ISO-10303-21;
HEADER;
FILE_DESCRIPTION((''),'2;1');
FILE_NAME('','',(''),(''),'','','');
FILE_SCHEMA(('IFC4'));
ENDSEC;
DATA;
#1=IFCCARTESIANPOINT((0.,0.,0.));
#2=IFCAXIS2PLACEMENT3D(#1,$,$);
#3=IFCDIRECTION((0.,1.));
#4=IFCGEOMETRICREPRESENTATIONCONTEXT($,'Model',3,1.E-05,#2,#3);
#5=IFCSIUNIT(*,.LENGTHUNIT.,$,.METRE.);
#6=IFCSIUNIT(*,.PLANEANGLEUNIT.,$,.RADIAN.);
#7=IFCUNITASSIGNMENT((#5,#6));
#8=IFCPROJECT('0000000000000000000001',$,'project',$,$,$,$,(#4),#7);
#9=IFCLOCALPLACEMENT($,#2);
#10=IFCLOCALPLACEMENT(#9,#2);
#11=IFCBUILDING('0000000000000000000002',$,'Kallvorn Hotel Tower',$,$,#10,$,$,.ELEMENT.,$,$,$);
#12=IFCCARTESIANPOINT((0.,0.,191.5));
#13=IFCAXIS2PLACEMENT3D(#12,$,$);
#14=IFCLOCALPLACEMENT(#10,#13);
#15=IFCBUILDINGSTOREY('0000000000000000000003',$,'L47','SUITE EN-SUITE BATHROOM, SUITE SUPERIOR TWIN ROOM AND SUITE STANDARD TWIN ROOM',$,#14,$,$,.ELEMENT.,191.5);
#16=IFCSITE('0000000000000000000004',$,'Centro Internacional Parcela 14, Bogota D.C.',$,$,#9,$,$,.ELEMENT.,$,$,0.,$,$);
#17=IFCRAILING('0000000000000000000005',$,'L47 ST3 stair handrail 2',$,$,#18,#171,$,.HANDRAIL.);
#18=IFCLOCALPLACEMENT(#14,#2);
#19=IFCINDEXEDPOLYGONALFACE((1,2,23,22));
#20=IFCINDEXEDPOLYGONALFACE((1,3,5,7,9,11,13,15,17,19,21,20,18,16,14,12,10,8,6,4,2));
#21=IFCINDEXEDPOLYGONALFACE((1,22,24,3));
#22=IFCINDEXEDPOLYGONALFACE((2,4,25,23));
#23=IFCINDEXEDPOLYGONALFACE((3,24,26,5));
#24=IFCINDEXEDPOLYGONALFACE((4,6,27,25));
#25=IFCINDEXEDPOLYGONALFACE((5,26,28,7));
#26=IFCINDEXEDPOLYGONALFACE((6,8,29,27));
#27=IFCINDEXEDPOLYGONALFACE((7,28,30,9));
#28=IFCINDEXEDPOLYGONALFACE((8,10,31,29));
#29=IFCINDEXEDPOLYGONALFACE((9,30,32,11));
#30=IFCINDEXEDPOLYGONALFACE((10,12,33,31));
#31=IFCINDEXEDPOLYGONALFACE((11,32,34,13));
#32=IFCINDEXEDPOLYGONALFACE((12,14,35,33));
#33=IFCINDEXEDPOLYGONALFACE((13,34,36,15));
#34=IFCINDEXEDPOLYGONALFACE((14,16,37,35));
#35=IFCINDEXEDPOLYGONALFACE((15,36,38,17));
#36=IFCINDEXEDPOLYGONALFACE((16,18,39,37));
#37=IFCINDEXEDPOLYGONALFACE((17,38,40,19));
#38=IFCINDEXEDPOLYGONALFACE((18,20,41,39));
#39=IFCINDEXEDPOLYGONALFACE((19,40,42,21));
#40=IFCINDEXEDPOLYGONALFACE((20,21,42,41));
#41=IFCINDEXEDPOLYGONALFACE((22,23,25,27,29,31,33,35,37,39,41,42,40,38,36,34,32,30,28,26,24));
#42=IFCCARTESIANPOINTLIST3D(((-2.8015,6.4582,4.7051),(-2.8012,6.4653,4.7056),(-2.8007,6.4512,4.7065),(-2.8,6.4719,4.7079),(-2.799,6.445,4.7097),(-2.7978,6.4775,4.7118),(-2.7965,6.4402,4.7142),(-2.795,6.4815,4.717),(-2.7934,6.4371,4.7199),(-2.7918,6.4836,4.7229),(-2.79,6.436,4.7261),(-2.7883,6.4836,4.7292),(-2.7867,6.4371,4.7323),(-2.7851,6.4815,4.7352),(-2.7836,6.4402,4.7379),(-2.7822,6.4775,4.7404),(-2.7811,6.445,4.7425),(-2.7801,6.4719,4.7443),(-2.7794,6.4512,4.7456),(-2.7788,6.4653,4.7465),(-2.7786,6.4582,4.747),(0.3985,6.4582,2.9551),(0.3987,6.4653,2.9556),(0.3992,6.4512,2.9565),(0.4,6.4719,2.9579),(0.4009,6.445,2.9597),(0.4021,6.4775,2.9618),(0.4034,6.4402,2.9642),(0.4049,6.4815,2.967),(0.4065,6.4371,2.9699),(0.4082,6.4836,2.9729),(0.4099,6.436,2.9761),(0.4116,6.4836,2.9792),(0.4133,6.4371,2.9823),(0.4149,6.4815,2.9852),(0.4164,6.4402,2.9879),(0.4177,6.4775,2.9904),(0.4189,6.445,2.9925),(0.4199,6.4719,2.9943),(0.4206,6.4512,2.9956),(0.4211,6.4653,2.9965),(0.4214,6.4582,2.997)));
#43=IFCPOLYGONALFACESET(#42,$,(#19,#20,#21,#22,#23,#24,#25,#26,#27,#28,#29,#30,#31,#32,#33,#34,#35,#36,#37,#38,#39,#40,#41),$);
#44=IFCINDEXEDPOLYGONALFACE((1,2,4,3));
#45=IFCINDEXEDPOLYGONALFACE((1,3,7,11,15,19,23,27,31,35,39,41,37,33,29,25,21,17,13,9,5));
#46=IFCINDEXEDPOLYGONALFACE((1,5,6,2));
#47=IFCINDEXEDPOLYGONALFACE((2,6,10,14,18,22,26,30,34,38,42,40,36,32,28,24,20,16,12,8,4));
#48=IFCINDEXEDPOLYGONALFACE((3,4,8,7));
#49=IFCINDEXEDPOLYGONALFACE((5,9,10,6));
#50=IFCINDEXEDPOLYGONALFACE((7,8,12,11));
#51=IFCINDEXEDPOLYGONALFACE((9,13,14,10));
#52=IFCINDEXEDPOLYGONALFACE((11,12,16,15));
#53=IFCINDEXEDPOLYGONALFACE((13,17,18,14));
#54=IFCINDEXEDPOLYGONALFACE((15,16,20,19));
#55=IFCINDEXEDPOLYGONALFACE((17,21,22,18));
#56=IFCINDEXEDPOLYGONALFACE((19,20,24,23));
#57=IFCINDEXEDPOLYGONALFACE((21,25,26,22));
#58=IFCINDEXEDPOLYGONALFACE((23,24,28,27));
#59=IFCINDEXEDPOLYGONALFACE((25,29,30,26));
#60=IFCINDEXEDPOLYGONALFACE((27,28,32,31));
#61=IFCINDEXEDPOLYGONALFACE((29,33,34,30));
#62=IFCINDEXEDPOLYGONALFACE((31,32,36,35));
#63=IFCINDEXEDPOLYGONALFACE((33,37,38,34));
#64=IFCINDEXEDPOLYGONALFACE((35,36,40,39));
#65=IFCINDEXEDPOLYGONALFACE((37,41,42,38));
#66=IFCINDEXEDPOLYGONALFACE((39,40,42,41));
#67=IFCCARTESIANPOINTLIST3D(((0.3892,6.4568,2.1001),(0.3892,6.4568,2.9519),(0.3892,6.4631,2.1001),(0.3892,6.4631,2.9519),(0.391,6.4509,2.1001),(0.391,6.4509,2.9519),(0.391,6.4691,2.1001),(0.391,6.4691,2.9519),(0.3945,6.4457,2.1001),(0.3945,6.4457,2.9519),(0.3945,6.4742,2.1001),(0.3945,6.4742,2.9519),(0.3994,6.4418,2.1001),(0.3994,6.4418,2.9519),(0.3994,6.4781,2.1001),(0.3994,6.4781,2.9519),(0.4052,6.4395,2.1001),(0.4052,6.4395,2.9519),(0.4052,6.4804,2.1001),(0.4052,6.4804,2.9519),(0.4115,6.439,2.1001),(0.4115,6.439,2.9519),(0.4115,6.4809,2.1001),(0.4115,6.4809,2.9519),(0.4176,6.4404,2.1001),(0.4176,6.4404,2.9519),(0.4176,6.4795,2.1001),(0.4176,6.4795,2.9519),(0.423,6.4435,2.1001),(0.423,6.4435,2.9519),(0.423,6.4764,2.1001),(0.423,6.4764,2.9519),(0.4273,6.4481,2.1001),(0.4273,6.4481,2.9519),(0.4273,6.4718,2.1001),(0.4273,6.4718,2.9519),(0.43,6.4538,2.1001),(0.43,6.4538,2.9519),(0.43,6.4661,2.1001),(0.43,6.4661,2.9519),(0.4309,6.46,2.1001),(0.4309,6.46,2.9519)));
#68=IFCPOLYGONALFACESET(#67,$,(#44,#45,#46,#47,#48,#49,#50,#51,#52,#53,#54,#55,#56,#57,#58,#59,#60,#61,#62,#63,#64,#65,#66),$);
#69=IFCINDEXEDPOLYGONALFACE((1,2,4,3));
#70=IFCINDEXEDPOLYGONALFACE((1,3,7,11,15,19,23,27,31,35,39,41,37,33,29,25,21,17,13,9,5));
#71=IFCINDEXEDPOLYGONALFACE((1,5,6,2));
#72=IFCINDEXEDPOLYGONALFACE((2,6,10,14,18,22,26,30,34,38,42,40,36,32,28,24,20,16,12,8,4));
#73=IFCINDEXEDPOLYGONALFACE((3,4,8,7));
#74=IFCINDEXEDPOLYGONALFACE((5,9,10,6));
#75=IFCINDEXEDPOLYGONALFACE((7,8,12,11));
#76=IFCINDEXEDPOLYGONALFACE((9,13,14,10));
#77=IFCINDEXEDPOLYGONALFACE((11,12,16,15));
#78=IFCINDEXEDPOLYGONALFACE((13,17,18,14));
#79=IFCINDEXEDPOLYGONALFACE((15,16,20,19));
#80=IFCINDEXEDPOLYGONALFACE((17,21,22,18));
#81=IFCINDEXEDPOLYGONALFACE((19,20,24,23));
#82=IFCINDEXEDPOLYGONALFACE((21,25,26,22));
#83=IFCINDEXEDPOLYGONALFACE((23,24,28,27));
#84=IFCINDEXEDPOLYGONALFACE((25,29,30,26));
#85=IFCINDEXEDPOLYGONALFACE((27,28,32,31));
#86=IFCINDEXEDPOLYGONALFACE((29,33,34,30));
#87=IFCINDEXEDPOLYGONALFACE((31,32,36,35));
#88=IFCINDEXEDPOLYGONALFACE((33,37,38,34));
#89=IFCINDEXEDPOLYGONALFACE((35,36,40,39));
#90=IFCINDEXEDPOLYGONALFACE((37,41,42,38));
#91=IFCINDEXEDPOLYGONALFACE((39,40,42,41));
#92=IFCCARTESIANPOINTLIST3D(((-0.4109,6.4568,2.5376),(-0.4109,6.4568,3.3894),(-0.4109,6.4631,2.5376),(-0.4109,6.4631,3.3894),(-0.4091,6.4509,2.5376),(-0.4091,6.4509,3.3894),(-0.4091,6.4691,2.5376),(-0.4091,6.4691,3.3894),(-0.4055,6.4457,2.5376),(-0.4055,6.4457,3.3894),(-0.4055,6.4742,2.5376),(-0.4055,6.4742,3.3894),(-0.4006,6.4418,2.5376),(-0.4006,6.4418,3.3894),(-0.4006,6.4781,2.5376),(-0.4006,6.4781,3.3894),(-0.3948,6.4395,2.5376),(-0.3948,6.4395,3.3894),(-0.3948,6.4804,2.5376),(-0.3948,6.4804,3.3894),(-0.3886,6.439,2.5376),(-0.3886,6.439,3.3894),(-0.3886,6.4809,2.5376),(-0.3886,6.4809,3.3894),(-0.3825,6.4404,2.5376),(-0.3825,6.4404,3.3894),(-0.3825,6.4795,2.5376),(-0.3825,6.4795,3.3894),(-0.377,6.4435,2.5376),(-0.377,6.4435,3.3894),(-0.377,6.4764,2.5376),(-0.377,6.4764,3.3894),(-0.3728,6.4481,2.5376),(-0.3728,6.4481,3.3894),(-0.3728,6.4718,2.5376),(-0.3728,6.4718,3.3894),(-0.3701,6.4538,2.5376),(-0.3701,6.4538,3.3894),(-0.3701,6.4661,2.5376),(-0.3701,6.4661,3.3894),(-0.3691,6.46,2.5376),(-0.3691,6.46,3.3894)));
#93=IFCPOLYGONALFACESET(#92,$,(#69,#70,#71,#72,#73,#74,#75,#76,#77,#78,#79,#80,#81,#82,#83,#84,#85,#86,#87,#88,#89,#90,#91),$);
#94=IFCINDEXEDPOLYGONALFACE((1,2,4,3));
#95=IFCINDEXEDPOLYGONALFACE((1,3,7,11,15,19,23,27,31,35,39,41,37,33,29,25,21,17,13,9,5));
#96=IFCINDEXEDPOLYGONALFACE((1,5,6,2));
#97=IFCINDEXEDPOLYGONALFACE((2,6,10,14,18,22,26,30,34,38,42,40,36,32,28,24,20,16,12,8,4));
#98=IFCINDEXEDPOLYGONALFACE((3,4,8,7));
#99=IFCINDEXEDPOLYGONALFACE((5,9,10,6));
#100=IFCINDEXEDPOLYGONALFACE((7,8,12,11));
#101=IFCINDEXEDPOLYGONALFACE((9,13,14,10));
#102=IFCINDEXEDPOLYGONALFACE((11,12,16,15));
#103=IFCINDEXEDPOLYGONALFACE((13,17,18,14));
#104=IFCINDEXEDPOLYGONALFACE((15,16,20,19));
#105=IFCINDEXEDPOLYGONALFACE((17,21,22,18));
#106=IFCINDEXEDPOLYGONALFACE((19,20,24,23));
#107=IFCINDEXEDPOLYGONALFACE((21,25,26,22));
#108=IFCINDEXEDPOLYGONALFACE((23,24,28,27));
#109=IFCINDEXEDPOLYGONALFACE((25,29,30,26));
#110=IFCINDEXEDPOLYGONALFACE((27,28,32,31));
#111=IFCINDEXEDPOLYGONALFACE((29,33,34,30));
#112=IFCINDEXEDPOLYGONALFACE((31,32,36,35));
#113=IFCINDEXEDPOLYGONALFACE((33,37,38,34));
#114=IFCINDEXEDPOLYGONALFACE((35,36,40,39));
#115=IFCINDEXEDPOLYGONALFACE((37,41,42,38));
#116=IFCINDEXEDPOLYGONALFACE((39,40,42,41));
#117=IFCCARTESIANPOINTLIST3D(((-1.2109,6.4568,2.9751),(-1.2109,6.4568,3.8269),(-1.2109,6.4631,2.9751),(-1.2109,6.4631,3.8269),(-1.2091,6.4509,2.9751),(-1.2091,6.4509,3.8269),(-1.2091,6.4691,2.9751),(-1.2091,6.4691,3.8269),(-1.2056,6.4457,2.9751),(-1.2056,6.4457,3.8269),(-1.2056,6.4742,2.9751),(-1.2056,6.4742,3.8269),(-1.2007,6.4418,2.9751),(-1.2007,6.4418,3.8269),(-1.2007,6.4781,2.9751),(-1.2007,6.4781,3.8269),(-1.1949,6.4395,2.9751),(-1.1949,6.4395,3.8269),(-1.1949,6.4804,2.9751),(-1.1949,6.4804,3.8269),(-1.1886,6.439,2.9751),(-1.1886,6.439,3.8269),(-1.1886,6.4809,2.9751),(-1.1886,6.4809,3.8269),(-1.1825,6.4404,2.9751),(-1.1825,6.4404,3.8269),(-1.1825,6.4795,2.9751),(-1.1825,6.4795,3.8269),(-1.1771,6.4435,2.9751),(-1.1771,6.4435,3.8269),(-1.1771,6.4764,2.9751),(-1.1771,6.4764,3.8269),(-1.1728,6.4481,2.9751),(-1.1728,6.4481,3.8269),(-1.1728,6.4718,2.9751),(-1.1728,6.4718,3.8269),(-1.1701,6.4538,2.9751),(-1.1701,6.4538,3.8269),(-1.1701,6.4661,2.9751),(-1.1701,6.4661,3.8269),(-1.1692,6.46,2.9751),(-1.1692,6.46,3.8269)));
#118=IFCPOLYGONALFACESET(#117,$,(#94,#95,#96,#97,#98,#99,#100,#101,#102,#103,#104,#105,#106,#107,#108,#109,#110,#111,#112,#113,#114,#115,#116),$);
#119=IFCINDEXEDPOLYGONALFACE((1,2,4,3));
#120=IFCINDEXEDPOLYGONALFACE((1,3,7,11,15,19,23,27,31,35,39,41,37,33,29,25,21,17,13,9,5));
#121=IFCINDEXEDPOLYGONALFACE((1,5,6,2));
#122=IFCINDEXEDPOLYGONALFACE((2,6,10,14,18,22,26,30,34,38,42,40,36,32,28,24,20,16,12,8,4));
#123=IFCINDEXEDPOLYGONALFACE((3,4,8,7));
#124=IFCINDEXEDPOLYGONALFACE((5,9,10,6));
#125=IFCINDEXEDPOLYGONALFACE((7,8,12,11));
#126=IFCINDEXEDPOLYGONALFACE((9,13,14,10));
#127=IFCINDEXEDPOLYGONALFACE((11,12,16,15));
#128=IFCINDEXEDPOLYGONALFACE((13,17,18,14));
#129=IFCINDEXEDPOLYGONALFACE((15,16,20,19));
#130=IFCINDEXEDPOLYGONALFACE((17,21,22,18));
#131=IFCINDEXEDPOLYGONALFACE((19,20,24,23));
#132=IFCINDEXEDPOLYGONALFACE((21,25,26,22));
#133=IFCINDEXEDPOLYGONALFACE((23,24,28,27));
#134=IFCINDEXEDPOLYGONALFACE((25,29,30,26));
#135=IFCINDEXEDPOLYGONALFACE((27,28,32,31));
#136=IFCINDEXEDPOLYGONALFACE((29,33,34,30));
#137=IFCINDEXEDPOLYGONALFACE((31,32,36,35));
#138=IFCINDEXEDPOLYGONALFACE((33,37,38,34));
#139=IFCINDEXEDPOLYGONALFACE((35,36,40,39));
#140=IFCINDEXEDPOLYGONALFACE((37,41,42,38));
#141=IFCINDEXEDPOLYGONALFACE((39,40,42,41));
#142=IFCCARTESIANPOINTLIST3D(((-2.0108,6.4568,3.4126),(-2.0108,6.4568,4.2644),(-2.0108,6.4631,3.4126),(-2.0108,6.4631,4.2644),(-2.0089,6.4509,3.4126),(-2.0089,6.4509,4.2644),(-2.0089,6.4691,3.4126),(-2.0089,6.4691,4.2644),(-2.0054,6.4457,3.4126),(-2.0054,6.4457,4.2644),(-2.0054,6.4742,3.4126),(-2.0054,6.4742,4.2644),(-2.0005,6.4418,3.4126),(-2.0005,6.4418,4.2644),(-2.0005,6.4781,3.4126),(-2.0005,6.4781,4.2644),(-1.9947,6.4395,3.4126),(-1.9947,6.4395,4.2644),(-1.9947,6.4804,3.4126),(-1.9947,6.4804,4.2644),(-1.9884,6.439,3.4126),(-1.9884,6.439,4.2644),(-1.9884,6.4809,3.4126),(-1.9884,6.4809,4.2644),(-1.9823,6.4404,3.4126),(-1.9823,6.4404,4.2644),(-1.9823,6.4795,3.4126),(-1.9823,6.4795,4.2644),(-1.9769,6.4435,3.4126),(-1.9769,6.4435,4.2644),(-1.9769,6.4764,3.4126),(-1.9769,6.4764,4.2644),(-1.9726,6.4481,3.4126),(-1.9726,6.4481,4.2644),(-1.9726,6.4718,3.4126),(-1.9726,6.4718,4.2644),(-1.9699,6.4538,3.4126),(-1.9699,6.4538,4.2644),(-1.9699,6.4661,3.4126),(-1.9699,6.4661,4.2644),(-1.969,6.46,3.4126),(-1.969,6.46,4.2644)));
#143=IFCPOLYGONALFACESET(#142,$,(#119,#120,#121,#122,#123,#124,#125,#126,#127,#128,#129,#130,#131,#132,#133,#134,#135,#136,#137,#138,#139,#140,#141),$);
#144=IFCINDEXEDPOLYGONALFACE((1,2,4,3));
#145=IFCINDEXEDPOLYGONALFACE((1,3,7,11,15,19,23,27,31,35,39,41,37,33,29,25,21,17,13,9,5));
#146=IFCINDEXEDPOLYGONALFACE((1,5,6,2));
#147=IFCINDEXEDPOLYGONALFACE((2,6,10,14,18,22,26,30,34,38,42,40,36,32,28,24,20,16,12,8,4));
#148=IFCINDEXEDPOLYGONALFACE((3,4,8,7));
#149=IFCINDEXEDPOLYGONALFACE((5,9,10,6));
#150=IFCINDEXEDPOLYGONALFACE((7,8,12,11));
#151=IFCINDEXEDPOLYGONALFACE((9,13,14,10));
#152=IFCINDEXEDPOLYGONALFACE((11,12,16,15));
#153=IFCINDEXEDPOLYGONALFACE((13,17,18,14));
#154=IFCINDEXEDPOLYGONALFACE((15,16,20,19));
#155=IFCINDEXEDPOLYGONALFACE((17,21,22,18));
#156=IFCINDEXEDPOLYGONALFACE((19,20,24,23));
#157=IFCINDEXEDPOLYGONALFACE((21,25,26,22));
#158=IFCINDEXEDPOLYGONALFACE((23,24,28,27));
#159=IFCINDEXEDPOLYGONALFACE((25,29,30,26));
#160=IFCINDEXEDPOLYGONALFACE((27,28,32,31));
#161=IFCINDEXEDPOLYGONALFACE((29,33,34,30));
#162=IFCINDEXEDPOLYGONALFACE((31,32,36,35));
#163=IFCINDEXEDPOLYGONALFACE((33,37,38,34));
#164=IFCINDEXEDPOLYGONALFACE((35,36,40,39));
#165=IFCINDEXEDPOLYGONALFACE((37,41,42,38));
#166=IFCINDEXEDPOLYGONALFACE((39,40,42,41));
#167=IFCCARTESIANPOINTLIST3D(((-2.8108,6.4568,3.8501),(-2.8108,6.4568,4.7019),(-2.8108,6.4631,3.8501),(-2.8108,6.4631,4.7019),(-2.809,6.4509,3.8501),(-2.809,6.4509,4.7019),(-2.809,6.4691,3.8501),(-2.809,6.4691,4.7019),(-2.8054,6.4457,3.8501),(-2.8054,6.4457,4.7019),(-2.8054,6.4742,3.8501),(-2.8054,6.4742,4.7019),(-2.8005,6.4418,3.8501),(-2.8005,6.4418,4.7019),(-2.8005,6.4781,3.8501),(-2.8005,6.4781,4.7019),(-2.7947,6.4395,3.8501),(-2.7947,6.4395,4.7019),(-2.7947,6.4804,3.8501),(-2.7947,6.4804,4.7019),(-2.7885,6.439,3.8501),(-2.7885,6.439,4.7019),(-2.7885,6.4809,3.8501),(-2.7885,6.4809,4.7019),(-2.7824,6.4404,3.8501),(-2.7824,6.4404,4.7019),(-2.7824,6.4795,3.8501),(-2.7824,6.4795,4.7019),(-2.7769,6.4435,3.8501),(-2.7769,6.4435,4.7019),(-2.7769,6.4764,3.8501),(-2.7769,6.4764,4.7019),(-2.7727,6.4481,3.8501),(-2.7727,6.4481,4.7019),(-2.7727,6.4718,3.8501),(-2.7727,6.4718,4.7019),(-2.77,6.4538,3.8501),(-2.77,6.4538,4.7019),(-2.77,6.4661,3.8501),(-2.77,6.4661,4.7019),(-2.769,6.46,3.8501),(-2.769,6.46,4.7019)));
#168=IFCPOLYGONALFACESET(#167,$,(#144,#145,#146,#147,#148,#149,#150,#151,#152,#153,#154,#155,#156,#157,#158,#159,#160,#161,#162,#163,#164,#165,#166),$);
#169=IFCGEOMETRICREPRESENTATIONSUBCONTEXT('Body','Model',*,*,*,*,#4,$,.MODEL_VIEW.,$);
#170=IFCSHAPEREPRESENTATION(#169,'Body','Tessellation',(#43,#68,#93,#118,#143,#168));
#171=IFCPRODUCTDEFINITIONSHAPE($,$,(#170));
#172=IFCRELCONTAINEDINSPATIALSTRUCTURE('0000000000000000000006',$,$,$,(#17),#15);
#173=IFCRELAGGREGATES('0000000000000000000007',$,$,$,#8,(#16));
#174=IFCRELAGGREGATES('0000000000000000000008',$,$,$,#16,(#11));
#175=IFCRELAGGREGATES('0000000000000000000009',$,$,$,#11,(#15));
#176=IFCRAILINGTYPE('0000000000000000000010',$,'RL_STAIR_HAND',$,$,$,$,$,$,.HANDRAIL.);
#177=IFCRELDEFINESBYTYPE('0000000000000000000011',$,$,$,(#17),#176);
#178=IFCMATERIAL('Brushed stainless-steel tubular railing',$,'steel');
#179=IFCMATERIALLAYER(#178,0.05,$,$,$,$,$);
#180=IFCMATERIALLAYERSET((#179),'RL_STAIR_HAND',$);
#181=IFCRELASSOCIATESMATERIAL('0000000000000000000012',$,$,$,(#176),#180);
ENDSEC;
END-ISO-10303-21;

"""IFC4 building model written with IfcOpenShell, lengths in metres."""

from ifc_helpers import new_model, si_unit, direction, frame, origin, origin_2d, place, context, subcontext, project, spatial, circle, extrude, material, layer, layer_set, type_object, element, save


model = new_model("IFC4")

# Units and contexts
model_context = context("Model", 3, precision=1e-05, world=origin(), true_north=direction((0.0, 1.0)))
body_context = subcontext(model_context, "Body", "Model", "MODEL_VIEW")
ifc_project = project(units=[si_unit("LENGTHUNIT", "METRE"), si_unit("PLANEANGLEUNIT", "RADIAN")], contexts=[model_context])

# Site, building, storey
site_placement = place(None, origin())
site = spatial("IfcSite", under=ifc_project, at=site_placement, Name="Centro Internacional Parcela 14, Bogota D.C.", CompositionType="ELEMENT", RefElevation=0.0)
building_placement = place(site_placement, origin())
building = spatial("IfcBuilding", under=site, at=building_placement, Name="Kallvorn Hotel Tower", CompositionType="ELEMENT")
storey_placement = place(building_placement, frame((0.0, 0.0, 191.5)))
storey = spatial("IfcBuildingStorey", under=building, at=storey_placement, Name="L47", Description="SUITE EN-SUITE BATHROOM, SUITE SUPERIOR TWIN ROOM AND SUITE STANDARD TWIN ROOM", CompositionType="ELEMENT", Elevation=191.5)

# Railing
ifc_material_1 = material(Name="Brushed stainless-steel tubular railing", Category="steel")
ifc_layer_1 = layer(ifc_material_1, 0.05)
ifc_layer_set_1 = layer_set([ifc_layer_1], Name="RL_STAIR_HAND")
railing_type_1 = type_object("IfcRailingType", Name="RL_STAIR_HAND", PredefinedType="HANDRAIL", material=ifc_layer_set_1)
railing_1_placement = place(storey_placement, frame((0.4099, 6.46, 2.1001)))
element("IfcRailing", 1, at=railing_1_placement, inside=storey, type_object=railing_type_1, Name="L47 ST3 stair handrail 2", PredefinedType="HANDRAIL", context=body_context, shape_type="SweptSolid", body=[
    extrude(circle(Radius=0.0239, at=origin_2d()), frame((0.0, 0.0, 0.876), z_axis=(-0.877368, 0.0, 0.479818), x_axis=(0.0, -1.0, 0.0)), (0.0, 0.0, 1.0), 3.6472),
    extrude(circle(Radius=0.021, at=origin_2d()), origin(), (0.0, 0.0, 1.0), 0.8518),
    extrude(circle(Radius=0.021, at=origin_2d()), frame((-0.8, 0.0, 0.4375)), (0.0, 0.0, 1.0), 0.8518),
    extrude(circle(Radius=0.021, at=origin_2d()), frame((-1.6001, 0.0, 0.875)), (0.0, 0.0, 1.0), 0.8518),
    extrude(circle(Radius=0.021, at=origin_2d()), frame((-2.3999, 0.0, 1.3125)), (0.0, 0.0, 1.0), 0.8518),
    extrude(circle(Radius=0.021, at=origin_2d()), frame((-3.2, 0.0, 1.75)), (0.0, 0.0, 1.0), 0.8518),
])

save(model, "model.ifc")
